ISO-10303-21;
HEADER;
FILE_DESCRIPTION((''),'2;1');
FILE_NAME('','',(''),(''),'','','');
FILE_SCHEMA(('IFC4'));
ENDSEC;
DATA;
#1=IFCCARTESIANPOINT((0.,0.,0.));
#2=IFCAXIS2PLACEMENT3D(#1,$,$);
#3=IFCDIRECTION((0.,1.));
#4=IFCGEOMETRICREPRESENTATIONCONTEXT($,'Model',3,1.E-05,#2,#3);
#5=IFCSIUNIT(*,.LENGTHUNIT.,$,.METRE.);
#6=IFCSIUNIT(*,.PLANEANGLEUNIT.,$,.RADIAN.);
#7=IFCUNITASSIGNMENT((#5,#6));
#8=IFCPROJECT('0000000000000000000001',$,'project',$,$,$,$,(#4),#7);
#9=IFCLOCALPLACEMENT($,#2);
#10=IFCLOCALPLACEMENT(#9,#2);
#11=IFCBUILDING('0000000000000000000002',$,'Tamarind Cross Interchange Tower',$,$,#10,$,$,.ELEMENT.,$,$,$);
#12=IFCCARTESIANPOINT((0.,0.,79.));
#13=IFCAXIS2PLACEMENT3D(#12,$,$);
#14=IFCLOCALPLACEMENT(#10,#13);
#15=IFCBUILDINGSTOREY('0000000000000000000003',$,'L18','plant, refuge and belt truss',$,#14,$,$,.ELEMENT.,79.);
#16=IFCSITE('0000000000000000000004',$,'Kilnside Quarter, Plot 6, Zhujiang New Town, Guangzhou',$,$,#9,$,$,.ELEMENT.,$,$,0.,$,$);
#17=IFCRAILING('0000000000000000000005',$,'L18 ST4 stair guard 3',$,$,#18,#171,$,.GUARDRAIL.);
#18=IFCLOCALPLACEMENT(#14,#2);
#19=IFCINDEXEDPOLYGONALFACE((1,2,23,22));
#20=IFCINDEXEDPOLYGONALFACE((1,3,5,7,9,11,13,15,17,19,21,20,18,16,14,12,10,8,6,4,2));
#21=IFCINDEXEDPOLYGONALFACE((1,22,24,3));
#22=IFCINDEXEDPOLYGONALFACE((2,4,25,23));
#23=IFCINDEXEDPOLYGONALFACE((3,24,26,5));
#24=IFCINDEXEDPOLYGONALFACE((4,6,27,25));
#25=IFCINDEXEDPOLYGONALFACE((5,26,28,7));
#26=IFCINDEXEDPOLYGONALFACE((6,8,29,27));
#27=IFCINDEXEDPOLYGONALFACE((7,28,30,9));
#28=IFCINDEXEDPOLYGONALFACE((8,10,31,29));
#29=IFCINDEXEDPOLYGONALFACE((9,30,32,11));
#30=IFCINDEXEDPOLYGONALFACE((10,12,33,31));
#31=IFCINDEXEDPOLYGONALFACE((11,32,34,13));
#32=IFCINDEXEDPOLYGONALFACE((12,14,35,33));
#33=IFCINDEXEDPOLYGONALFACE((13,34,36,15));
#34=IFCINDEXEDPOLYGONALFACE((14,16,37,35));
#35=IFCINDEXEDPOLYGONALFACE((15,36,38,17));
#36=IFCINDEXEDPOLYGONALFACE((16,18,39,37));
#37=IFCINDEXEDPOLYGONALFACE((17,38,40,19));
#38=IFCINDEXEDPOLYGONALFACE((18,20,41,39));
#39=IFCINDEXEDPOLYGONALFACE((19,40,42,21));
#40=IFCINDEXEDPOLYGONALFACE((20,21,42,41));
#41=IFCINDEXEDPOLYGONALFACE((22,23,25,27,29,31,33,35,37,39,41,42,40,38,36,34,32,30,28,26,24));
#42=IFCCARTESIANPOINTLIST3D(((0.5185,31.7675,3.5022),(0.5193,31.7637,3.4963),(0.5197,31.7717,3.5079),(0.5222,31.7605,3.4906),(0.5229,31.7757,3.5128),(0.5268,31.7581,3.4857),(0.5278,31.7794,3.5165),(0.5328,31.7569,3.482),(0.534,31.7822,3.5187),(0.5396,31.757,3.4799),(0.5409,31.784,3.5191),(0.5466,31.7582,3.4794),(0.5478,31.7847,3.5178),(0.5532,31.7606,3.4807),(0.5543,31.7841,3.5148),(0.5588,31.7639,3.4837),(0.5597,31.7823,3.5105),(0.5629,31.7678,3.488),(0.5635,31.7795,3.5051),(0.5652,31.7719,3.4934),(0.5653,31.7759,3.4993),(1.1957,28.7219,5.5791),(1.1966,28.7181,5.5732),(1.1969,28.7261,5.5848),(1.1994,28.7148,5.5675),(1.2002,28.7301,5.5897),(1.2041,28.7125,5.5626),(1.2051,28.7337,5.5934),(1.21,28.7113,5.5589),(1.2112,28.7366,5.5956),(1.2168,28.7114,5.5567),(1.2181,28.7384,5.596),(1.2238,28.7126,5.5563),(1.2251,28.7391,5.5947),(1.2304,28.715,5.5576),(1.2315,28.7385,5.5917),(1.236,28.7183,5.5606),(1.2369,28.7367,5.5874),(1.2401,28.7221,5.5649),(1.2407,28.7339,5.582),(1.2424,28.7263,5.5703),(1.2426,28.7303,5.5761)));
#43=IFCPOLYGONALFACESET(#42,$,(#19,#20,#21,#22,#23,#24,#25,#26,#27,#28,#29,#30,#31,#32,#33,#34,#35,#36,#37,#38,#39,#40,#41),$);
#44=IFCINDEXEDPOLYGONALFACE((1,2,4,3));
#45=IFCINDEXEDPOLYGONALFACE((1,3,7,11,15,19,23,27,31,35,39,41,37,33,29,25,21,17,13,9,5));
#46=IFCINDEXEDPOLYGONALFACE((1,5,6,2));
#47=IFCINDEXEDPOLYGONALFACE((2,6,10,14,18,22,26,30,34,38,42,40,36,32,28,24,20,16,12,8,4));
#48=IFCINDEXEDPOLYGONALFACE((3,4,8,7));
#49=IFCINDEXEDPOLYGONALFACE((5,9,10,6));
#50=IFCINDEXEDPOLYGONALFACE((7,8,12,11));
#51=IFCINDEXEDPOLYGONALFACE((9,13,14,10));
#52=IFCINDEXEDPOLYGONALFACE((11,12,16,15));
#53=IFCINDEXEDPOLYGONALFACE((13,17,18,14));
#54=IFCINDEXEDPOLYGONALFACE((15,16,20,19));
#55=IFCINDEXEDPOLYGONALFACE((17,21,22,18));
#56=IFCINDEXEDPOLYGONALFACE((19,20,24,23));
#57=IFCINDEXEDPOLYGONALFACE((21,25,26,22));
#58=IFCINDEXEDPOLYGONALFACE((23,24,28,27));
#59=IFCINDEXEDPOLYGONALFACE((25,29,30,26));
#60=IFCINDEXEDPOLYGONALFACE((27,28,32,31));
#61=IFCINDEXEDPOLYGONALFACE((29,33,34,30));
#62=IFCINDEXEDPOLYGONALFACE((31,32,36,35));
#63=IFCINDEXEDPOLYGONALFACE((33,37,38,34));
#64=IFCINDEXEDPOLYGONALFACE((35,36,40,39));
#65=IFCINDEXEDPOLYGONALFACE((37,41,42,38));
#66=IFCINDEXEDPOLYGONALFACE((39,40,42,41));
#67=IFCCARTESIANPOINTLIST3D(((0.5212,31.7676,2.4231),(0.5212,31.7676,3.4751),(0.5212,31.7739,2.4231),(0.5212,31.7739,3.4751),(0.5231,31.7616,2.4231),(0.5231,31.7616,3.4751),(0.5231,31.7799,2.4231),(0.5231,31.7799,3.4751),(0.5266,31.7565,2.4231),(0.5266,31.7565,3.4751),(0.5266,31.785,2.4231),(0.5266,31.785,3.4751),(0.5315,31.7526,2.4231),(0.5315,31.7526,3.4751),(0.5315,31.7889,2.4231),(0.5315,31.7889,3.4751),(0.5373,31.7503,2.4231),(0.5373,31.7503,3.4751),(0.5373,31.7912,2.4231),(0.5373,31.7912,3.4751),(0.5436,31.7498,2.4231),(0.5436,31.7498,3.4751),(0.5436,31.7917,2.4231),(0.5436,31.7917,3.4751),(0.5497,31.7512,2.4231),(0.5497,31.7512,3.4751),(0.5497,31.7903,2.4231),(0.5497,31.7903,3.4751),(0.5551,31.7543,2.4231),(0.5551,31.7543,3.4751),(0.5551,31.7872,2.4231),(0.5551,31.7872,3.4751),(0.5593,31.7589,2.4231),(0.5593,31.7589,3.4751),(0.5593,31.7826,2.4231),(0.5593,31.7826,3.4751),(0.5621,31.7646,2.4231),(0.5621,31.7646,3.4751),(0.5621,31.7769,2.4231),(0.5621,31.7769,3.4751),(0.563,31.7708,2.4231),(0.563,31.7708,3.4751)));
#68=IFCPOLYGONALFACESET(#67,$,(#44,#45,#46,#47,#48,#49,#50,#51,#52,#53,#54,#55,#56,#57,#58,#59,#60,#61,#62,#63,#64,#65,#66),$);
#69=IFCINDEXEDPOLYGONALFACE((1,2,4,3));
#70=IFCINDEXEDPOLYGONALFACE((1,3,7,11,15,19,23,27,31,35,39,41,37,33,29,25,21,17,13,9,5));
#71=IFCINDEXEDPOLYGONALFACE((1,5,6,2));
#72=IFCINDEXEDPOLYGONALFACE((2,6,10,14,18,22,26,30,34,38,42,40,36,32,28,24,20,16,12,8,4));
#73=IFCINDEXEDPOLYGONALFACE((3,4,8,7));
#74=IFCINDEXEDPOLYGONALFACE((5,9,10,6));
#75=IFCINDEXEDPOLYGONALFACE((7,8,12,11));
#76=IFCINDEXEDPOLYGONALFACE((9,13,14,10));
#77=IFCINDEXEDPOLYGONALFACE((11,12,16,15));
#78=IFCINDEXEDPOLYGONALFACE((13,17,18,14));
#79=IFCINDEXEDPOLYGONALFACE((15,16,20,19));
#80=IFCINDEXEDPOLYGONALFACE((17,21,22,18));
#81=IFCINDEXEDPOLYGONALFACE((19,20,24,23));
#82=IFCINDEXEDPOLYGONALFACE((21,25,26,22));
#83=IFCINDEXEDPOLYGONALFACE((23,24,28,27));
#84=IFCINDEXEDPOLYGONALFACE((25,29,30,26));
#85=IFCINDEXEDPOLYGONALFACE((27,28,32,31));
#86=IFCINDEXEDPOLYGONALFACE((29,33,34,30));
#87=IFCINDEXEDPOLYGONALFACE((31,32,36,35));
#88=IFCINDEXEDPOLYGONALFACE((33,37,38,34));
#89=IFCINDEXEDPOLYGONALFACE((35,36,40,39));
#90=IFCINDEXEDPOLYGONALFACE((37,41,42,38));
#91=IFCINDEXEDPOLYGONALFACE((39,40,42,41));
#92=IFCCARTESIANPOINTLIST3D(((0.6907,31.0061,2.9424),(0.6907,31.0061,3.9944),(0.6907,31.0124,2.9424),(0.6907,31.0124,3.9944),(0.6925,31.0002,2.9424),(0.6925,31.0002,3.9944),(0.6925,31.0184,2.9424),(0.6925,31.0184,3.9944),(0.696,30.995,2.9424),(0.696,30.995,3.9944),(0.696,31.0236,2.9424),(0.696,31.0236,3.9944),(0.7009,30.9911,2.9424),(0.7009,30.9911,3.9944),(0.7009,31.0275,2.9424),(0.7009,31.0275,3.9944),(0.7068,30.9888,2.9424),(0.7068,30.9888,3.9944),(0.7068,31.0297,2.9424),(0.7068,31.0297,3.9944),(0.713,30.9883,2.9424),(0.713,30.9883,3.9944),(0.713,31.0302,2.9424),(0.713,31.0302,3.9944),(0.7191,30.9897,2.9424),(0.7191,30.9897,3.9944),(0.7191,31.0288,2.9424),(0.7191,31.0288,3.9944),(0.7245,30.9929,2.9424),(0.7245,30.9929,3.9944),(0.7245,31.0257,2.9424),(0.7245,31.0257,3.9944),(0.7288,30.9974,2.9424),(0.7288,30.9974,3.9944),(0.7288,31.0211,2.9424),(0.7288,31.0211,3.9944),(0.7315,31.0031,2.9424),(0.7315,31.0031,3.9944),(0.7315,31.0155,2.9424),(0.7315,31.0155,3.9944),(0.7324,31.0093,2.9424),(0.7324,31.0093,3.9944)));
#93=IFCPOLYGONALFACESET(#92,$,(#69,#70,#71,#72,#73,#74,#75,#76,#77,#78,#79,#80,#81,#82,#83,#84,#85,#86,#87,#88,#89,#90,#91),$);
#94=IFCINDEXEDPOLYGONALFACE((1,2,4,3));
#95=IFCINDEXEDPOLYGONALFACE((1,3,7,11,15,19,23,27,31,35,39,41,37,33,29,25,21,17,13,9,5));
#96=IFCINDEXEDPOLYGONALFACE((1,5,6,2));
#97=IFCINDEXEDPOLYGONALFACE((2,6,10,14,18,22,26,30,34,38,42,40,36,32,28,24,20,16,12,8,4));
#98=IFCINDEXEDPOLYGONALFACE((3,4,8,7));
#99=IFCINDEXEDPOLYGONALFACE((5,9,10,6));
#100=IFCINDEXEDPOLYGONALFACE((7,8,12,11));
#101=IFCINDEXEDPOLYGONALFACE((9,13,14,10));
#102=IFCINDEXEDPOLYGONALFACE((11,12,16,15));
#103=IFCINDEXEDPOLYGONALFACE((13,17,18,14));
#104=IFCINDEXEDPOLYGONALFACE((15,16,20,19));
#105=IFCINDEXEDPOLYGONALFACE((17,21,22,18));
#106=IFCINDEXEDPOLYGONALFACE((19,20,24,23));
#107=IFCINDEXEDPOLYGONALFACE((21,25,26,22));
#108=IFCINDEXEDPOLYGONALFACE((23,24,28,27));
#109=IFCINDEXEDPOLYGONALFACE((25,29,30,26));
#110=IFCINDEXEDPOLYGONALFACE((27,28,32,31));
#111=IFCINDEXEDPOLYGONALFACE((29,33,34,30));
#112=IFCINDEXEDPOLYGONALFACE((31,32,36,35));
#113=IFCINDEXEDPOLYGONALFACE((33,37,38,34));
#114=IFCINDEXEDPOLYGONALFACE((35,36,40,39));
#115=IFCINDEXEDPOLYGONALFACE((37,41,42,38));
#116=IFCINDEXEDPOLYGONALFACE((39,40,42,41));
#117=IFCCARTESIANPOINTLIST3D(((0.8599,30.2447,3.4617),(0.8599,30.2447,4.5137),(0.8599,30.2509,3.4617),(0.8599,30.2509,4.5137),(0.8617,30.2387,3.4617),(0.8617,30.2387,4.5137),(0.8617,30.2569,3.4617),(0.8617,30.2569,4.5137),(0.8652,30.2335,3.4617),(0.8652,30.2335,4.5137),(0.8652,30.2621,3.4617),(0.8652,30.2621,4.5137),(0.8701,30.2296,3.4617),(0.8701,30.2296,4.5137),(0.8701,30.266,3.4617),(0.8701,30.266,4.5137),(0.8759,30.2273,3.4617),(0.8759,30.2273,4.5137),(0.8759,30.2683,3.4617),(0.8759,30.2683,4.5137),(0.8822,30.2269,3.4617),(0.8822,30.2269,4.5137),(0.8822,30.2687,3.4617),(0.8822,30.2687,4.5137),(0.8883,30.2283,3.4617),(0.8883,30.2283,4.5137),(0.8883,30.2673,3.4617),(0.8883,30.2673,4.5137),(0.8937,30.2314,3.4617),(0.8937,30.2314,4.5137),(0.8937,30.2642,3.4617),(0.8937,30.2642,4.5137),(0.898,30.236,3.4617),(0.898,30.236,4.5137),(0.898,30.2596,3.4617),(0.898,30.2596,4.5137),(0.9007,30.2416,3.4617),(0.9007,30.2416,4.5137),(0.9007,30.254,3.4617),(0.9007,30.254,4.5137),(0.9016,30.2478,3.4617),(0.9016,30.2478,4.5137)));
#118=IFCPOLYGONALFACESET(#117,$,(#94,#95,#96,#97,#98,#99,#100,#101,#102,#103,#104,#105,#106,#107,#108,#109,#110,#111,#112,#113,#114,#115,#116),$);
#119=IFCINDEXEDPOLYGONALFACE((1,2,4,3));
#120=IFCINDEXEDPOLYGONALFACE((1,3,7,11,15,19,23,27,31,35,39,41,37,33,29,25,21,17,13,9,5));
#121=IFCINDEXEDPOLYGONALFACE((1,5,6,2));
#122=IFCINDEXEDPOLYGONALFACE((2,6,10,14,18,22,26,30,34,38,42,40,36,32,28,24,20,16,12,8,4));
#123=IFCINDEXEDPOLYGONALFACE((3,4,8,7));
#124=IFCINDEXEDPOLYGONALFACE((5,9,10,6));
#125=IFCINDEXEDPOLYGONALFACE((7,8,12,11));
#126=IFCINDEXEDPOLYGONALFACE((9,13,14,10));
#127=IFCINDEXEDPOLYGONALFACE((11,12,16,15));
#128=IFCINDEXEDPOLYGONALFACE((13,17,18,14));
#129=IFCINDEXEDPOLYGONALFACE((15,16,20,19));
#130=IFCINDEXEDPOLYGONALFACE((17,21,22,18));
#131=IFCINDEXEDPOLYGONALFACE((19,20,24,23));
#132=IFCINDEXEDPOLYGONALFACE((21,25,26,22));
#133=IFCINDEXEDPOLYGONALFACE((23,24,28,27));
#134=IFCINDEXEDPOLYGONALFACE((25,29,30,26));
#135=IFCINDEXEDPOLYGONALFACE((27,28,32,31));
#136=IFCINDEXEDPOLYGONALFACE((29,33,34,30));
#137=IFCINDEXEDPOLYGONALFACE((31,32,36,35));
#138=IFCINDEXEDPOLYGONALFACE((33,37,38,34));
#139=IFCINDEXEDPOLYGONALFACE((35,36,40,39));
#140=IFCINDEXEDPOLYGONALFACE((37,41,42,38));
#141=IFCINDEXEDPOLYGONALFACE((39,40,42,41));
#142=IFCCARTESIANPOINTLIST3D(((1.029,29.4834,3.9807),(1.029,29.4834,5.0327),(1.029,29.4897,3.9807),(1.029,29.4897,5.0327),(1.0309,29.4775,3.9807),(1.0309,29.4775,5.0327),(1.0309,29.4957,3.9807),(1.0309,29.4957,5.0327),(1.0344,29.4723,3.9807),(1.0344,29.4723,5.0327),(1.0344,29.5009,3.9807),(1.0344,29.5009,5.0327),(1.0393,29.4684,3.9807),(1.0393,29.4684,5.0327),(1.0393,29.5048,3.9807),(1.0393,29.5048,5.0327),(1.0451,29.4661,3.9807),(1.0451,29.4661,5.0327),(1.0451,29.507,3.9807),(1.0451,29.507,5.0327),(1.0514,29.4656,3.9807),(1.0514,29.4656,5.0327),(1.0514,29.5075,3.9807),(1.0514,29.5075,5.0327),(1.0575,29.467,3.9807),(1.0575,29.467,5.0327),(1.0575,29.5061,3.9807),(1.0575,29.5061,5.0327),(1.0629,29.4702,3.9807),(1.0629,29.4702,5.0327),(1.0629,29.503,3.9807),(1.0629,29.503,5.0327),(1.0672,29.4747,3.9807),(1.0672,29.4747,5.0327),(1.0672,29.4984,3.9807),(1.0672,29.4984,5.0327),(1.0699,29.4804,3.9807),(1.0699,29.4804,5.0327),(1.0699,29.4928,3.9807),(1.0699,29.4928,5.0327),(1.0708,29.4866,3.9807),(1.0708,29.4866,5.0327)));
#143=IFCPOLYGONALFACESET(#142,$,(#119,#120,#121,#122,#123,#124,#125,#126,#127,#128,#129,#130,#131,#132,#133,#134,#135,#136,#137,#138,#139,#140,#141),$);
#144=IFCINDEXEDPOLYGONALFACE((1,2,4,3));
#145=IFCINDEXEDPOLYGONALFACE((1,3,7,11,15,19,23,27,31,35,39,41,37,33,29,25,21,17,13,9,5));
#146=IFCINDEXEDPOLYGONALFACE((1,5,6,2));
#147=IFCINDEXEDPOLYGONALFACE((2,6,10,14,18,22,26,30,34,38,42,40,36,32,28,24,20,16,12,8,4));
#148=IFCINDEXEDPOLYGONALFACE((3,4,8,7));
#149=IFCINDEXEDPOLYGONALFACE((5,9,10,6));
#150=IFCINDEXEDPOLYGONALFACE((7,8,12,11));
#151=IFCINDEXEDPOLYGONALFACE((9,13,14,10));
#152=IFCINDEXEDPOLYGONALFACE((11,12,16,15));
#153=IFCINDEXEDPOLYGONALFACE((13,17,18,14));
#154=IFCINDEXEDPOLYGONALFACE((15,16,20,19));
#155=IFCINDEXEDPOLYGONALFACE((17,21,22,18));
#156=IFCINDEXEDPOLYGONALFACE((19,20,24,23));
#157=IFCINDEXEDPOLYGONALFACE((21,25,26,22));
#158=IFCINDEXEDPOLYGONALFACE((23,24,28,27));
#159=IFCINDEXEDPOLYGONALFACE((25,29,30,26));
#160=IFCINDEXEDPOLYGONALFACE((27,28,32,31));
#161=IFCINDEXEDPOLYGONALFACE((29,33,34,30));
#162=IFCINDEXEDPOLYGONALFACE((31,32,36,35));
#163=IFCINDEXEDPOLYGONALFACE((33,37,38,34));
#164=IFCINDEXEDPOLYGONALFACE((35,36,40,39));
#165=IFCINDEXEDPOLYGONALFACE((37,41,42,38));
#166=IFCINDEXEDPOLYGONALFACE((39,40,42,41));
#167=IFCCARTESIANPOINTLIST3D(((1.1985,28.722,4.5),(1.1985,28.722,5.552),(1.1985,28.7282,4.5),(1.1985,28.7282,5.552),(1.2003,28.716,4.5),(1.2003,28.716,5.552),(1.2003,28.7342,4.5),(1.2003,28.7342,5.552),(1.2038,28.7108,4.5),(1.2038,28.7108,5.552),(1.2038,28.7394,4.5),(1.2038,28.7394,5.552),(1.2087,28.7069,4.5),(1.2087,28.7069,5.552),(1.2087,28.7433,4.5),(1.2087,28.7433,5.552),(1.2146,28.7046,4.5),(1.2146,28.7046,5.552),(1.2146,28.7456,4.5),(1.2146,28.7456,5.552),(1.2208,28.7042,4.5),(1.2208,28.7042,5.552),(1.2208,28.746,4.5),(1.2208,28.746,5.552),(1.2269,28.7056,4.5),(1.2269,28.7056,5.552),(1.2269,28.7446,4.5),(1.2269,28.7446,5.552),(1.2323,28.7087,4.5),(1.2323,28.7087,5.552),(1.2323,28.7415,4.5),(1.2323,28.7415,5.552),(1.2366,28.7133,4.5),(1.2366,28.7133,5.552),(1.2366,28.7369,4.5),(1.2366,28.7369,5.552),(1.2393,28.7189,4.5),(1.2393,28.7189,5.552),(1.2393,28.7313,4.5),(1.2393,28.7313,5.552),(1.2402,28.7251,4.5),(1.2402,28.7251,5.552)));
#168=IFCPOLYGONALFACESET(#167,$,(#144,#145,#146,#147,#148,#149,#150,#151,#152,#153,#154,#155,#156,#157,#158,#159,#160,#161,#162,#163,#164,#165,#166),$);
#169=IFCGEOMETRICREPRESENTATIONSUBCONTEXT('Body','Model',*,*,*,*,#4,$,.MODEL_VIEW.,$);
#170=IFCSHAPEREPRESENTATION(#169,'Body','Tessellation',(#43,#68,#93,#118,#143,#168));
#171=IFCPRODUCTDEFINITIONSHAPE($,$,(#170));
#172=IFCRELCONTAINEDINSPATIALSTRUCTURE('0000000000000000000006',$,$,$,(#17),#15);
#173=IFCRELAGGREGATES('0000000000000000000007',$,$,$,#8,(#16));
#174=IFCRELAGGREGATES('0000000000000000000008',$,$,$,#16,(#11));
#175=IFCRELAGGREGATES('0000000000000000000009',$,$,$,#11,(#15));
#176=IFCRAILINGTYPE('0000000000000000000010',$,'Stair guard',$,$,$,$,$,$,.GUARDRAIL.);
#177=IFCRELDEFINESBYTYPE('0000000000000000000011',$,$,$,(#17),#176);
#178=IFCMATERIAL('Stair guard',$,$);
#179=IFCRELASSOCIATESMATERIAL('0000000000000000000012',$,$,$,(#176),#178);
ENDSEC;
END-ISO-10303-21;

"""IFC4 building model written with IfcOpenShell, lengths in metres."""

from ifc_helpers import new_model, si_unit, direction, frame, origin, origin_2d, place, context, subcontext, project, spatial, circle, extrude, material, type_object, element, save


model = new_model("IFC4")

# Units and contexts
model_context = context("Model", 3, precision=1e-05, world=origin(), true_north=direction((0.0, 1.0)))
body_context = subcontext(model_context, "Body", "Model", "MODEL_VIEW")
ifc_project = project(units=[si_unit("LENGTHUNIT", "METRE"), si_unit("PLANEANGLEUNIT", "RADIAN")], contexts=[model_context])

# Site, building, storey
site_placement = place(None, origin())
site = spatial("IfcSite", under=ifc_project, at=site_placement, Name="Kilnside Quarter, Plot 6, Zhujiang New Town, Guangzhou", CompositionType="ELEMENT", RefElevation=0.0)
building_placement = place(site_placement, origin())
building = spatial("IfcBuilding", under=site, at=building_placement, Name="Tamarind Cross Interchange Tower", CompositionType="ELEMENT")
storey_placement = place(building_placement, frame((0.0, 0.0, 79.0)))
storey = spatial("IfcBuildingStorey", under=building, at=storey_placement, Name="L18", Description="plant, refuge and belt truss", CompositionType="ELEMENT", Elevation=79.0)

# Railing
ifc_material_1 = material(Name="Stair guard")
railing_type_1 = type_object("IfcRailingType", Name="Stair guard", PredefinedType="GUARDRAIL", material=ifc_material_1)
railing_1_placement = place(storey_placement, frame((0.542, 31.7708, 2.4231)))
element("IfcRailing", 1, at=railing_1_placement, inside=storey, type_object=railing_type_1, Name="L18 ST4 stair guard 3", PredefinedType="GUARDRAIL", context=body_context, shape_type="SweptSolid", body=[
    extrude(circle(Radius=0.0239, at=origin_2d()), frame((0.0, 0.0, 1.0762), z_axis=(0.180691, -0.812588, 0.554123), x_axis=(0.976158, 0.217063, 0.0)), (0.0, 0.0, 1.0), 3.748),
    extrude(circle(Radius=0.021, at=origin_2d()), origin(), (0.0, 0.0, 1.0), 1.052),
    extrude(circle(Radius=0.021, at=origin_2d()), frame((0.1694, -0.7615, 0.5193)), (0.0, 0.0, 1.0), 1.052),
    extrude(circle(Radius=0.021, at=origin_2d()), frame((0.3386, -1.5229, 1.0386)), (0.0, 0.0, 1.0), 1.052),
    extrude(circle(Radius=0.021, at=origin_2d()), frame((0.5078, -2.2842, 1.5576)), (0.0, 0.0, 1.0), 1.052),
    extrude(circle(Radius=0.021, at=origin_2d()), frame((0.6772, -3.0457, 2.0769)), (0.0, 0.0, 1.0), 1.052),
])

save(model, "model.ifc")
